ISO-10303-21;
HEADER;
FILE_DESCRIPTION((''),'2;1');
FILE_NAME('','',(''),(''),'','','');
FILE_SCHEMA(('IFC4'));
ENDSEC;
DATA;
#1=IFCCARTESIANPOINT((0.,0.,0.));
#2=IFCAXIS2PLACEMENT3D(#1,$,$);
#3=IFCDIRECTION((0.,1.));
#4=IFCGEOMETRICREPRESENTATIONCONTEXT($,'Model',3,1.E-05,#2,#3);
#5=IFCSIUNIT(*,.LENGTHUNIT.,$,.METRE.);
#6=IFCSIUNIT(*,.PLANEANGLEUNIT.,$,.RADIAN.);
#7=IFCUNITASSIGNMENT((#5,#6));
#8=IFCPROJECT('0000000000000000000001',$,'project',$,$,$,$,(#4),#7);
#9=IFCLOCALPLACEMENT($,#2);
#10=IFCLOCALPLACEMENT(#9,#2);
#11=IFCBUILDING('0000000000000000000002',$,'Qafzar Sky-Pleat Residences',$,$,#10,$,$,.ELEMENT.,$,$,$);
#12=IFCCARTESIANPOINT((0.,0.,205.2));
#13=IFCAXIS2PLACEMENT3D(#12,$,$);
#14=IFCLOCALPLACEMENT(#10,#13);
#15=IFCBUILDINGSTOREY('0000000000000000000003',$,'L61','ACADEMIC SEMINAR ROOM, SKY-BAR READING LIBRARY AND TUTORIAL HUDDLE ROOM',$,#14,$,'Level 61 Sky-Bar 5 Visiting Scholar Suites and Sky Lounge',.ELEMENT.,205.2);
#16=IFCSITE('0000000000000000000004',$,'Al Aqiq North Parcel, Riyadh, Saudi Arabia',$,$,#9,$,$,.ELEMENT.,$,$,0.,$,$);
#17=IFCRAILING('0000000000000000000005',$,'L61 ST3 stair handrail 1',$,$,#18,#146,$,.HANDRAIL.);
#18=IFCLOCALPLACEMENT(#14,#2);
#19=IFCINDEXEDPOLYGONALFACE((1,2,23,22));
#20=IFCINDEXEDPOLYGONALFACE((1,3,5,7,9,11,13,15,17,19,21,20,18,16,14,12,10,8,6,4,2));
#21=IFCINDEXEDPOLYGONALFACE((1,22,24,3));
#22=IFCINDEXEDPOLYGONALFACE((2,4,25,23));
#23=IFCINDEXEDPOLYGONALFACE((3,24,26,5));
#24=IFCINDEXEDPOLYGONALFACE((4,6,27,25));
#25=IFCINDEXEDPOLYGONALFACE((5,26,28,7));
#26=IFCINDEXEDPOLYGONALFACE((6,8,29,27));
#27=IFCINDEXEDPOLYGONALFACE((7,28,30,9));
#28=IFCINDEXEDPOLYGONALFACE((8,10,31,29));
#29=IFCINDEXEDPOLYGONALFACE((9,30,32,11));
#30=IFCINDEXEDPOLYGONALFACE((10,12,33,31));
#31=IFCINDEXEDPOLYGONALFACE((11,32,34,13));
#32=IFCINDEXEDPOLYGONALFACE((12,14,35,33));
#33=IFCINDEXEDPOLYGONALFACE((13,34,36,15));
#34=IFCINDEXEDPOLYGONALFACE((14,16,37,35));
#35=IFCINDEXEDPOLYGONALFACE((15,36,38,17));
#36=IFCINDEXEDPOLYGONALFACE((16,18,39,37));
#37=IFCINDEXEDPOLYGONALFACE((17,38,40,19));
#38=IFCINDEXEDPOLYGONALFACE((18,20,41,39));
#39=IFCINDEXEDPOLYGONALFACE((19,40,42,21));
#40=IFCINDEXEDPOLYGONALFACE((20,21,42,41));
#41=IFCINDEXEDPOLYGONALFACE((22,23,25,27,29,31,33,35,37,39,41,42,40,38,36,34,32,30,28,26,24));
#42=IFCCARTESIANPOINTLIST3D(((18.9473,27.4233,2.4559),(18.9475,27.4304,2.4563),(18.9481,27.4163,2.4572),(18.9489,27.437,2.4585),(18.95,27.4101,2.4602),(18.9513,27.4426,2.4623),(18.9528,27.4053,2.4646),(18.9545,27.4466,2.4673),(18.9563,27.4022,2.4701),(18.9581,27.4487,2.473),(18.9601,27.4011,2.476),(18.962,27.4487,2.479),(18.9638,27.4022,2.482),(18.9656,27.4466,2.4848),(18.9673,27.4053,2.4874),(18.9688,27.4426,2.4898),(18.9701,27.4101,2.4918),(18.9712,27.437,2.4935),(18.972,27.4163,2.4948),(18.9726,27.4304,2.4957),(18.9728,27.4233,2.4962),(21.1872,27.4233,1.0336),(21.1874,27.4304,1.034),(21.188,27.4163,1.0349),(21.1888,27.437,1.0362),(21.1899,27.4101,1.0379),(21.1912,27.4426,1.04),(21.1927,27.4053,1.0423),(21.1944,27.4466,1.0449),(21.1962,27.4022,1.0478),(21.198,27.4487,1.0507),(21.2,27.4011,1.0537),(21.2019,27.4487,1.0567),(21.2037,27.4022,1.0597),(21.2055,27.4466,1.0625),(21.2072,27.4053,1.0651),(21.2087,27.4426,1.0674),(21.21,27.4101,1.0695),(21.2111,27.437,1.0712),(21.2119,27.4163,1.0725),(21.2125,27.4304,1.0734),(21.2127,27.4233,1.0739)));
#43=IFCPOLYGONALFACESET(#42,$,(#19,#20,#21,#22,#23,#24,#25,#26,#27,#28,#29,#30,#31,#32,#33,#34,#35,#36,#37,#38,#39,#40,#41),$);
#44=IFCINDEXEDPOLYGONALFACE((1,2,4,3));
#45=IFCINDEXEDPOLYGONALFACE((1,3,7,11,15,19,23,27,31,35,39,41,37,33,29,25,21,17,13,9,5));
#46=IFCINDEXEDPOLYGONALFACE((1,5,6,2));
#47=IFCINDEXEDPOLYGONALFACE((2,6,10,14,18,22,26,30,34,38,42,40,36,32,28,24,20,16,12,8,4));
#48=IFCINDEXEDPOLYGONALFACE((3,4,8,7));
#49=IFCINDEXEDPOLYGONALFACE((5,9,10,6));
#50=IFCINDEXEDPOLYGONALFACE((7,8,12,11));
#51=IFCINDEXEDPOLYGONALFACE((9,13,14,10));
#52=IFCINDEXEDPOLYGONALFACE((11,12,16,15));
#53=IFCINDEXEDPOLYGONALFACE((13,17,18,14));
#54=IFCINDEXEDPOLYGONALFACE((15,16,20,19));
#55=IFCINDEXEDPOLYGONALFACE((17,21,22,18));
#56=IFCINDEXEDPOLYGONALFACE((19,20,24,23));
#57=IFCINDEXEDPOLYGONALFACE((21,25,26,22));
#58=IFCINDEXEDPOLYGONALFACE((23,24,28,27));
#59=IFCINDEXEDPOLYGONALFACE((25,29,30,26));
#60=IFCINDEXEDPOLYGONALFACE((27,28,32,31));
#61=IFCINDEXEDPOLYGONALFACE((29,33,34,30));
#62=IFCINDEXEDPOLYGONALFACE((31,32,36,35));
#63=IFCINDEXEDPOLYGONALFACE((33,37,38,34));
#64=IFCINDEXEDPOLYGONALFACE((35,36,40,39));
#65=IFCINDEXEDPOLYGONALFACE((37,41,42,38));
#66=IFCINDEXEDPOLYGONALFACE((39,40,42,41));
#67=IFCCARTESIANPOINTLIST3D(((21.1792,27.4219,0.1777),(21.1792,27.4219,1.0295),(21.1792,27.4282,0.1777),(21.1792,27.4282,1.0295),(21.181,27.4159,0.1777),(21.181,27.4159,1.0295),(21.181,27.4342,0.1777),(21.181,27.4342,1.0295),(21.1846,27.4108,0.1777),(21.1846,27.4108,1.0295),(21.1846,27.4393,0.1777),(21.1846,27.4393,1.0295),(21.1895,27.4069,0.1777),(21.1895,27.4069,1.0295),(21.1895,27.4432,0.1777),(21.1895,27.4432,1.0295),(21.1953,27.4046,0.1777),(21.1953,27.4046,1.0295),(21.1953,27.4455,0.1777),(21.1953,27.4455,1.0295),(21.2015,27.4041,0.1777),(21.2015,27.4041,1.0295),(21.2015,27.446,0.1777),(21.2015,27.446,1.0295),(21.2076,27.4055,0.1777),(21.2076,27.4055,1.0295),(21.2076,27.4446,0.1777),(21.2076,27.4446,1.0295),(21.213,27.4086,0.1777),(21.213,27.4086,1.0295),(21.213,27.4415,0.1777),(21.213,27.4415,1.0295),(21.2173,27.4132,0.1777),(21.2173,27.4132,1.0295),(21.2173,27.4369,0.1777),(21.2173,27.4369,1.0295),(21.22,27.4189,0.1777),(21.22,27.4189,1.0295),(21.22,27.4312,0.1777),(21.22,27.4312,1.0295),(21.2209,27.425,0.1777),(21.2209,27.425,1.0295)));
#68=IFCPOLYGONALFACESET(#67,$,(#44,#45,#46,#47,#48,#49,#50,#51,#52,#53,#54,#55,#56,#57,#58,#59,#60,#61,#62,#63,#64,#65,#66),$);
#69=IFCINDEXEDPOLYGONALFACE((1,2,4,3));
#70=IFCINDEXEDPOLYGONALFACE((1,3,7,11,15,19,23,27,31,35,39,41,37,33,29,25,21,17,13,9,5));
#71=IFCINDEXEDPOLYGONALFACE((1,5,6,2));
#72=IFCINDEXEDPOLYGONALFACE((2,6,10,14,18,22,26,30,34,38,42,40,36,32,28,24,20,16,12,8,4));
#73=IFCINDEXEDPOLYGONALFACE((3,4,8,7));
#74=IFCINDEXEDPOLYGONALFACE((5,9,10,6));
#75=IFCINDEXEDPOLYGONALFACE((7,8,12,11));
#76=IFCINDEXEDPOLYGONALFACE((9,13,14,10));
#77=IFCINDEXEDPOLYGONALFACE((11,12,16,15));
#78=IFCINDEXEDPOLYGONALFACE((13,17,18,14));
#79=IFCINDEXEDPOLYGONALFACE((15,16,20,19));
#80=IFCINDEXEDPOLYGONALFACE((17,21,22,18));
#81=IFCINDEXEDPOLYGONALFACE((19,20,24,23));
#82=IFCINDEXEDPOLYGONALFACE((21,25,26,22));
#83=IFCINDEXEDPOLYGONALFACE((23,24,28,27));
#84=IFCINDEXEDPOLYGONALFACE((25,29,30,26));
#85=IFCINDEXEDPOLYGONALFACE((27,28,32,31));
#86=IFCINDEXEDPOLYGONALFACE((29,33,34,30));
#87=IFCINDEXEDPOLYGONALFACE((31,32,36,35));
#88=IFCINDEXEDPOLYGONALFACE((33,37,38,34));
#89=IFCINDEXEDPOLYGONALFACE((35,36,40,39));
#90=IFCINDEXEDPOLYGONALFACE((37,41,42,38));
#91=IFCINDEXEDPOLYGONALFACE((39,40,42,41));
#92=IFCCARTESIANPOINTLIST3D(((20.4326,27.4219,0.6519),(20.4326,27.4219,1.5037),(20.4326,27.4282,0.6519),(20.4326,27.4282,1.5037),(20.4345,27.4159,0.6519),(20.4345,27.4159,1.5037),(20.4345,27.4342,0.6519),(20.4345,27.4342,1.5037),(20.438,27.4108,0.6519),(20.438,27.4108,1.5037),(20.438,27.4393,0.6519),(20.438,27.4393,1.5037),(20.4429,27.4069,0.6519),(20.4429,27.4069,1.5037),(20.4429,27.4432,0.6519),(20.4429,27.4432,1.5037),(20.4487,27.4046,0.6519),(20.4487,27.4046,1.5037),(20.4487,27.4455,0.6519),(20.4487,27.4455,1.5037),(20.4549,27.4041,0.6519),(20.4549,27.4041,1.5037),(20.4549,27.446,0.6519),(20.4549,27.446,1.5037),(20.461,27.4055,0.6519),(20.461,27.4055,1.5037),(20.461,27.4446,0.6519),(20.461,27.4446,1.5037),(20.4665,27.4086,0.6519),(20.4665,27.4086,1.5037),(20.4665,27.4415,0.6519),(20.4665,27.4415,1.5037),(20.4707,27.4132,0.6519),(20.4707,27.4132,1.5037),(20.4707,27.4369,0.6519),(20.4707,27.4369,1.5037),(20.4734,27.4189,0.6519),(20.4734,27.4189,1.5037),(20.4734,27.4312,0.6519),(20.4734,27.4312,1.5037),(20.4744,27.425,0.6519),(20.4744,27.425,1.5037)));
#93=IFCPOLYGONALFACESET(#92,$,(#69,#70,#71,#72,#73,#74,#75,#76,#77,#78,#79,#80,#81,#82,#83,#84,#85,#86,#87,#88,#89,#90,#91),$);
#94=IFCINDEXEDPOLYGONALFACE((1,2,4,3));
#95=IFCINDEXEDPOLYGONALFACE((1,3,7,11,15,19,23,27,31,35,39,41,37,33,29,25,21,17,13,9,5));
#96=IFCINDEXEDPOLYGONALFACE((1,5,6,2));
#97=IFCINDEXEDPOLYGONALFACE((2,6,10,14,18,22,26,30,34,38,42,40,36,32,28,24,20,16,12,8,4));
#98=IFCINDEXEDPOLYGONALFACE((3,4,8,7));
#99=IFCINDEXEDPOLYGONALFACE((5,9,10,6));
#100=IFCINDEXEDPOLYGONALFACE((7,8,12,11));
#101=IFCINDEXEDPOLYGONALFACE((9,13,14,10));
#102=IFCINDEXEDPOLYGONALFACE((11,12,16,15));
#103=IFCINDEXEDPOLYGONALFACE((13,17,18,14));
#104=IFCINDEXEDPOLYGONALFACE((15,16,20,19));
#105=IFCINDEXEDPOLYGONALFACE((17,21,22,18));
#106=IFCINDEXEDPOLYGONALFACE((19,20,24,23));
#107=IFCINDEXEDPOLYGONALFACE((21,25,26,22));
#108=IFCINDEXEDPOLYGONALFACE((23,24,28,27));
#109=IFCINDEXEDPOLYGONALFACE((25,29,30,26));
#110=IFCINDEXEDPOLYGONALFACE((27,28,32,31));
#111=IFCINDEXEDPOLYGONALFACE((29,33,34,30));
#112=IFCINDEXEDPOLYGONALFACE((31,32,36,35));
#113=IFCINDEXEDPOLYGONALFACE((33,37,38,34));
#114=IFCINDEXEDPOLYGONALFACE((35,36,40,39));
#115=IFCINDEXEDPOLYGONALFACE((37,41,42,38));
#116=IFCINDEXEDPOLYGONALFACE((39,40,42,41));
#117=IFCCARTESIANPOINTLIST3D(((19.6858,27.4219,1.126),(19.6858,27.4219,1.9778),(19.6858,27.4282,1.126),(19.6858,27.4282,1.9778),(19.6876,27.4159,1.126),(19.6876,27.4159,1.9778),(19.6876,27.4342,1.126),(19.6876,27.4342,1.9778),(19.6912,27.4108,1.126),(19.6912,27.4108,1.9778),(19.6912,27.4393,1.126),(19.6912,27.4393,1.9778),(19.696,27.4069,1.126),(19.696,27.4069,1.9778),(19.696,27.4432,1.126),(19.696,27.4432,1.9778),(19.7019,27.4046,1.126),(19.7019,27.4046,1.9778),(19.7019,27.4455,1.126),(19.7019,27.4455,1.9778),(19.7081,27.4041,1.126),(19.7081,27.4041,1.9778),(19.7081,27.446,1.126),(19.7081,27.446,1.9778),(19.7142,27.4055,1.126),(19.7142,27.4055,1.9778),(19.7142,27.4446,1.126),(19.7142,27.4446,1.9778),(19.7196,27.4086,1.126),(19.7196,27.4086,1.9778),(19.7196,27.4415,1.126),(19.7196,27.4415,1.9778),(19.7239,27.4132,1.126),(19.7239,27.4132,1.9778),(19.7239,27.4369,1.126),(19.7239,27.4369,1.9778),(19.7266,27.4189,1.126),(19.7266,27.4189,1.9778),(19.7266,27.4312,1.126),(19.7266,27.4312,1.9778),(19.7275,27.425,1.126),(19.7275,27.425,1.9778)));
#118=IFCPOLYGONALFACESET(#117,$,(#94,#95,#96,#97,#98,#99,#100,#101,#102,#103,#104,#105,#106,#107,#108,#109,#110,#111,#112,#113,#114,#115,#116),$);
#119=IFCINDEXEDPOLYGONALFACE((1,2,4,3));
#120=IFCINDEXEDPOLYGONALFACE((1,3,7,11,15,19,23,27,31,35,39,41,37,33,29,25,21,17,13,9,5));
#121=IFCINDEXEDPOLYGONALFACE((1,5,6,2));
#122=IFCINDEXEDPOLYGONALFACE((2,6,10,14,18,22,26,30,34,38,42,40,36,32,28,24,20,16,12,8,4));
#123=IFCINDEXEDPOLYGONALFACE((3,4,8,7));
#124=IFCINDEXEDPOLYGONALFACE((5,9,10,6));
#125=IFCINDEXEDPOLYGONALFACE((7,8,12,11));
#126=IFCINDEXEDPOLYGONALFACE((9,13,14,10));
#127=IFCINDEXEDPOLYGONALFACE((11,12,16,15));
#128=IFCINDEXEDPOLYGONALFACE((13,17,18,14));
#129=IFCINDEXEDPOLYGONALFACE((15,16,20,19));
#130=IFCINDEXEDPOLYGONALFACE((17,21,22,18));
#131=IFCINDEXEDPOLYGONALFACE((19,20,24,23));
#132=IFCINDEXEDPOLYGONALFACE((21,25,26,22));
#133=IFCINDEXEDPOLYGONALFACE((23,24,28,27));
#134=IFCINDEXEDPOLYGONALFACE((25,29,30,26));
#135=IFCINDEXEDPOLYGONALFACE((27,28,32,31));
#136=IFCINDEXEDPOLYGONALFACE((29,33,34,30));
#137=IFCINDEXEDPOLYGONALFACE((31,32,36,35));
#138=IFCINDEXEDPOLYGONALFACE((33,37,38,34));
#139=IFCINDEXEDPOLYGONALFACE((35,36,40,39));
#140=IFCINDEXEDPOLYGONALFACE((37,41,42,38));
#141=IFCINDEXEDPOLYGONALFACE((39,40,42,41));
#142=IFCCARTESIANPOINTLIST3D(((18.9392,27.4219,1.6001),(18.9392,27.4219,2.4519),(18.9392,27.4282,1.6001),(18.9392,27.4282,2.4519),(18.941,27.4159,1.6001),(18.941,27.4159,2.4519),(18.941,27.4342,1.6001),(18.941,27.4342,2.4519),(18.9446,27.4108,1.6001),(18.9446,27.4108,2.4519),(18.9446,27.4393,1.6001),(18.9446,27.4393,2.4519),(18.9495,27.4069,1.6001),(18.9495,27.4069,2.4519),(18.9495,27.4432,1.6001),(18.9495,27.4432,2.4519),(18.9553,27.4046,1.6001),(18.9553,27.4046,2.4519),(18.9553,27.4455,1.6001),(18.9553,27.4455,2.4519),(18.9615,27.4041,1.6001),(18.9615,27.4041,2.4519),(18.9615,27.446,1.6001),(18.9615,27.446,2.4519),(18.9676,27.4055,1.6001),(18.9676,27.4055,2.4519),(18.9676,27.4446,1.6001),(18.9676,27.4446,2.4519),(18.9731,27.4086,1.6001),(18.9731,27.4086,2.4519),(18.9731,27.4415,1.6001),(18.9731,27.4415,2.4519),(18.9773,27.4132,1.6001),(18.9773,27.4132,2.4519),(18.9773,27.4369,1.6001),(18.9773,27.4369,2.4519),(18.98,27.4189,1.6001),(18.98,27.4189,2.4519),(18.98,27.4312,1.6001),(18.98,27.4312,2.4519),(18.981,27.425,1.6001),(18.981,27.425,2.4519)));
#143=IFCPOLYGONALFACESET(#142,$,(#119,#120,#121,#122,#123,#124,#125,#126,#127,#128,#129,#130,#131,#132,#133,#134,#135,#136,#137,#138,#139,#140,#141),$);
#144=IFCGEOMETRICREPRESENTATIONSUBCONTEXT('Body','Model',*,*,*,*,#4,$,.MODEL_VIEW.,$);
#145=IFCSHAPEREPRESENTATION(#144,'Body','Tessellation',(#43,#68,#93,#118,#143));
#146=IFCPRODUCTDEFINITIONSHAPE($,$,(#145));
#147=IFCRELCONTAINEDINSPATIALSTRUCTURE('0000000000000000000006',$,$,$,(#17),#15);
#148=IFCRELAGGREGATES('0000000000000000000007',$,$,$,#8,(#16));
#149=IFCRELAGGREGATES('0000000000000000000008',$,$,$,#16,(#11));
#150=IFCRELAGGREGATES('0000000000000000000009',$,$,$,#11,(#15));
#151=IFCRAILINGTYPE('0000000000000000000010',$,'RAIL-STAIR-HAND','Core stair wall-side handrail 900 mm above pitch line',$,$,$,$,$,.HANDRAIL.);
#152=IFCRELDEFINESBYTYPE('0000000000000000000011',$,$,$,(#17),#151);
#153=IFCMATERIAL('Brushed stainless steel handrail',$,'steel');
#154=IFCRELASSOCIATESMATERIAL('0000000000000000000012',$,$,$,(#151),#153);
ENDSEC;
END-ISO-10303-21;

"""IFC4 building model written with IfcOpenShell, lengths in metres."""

from ifc_helpers import new_model, si_unit, direction, frame, origin, origin_2d, place, context, subcontext, project, spatial, circle, extrude, source, transform, mapped, material, type_object, element, save


model = new_model("IFC4")

# Units and contexts
model_context = context("Model", 3, precision=1e-05, world=origin(), true_north=direction((0.0, 1.0)))
body_context = subcontext(model_context, "Body", "Model", "MODEL_VIEW")
ifc_project = project(units=[si_unit("LENGTHUNIT", "METRE"), si_unit("PLANEANGLEUNIT", "RADIAN")], contexts=[model_context])

# Site, building, storey
site_placement = place(None, origin())
site = spatial("IfcSite", under=ifc_project, at=site_placement, Name="Al Aqiq North Parcel, Riyadh, Saudi Arabia", CompositionType="ELEMENT", RefElevation=0.0)
building_placement = place(site_placement, origin())
building = spatial("IfcBuilding", under=site, at=building_placement, Name="Qafzar Sky-Pleat Residences", CompositionType="ELEMENT")
storey_placement = place(building_placement, frame((0.0, 0.0, 205.2)))
storey = spatial("IfcBuildingStorey", under=building, at=storey_placement, Name="L61", Description="ACADEMIC SEMINAR ROOM, SKY-BAR READING LIBRARY AND TUTORIAL HUDDLE ROOM", LongName="Level 61 Sky-Bar 5 Visiting Scholar Suites and Sky Lounge", CompositionType="ELEMENT", Elevation=205.2)

# Railing
ifc_material_1 = material(Name="Brushed stainless steel handrail", Category="steel")
railing_type = type_object("IfcRailingType", Name="RAIL-STAIR-HAND", Description="Core stair wall-side handrail 900 mm above pitch line", PredefinedType="HANDRAIL", material=ifc_material_1)
shared_shape_1 = source(origin(), body_context, "Body", "SweptSolid", [
    extrude(circle(Radius=0.0239, at=origin_2d()), frame((0.0, 0.0, 0.876), z_axis=(-0.844188, 0.0, 0.536048), x_axis=(0.0, -1.0, 0.0)), (0.0, 0.0, 1.0), 2.6533),
    extrude(circle(Radius=0.021, at=origin_2d()), origin(), (0.0, 0.0, 1.0), 0.8518),
    extrude(circle(Radius=0.021, at=origin_2d()), frame((-0.7466, 0.0, 0.4741)), (0.0, 0.0, 1.0), 0.8518),
    extrude(circle(Radius=0.021, at=origin_2d()), frame((-1.4934, 0.0, 0.9482)), (0.0, 0.0, 1.0), 0.8518),
    extrude(circle(Radius=0.021, at=origin_2d()), frame((-2.24, 0.0, 1.4224)), (0.0, 0.0, 1.0), 0.8518),
])
railing_placement = place(storey_placement, frame((21.2, 27.425, 0.1777)))
element("IfcRailing", 1, at=railing_placement, inside=storey, type_object=railing_type, Name="L61 ST3 stair handrail 1", PredefinedType="HANDRAIL", context=body_context, shape_type="MappedRepresentation", body=[
    mapped(shared_shape_1, transform((0.0, 0.0, 0.0), x_axis=(1.0, 0.0, 0.0), y_axis=(0.0, 1.0, 0.0), z_axis=(0.0, 0.0, 1.0), scale=1.0)),
])

save(model, "model.ifc")
